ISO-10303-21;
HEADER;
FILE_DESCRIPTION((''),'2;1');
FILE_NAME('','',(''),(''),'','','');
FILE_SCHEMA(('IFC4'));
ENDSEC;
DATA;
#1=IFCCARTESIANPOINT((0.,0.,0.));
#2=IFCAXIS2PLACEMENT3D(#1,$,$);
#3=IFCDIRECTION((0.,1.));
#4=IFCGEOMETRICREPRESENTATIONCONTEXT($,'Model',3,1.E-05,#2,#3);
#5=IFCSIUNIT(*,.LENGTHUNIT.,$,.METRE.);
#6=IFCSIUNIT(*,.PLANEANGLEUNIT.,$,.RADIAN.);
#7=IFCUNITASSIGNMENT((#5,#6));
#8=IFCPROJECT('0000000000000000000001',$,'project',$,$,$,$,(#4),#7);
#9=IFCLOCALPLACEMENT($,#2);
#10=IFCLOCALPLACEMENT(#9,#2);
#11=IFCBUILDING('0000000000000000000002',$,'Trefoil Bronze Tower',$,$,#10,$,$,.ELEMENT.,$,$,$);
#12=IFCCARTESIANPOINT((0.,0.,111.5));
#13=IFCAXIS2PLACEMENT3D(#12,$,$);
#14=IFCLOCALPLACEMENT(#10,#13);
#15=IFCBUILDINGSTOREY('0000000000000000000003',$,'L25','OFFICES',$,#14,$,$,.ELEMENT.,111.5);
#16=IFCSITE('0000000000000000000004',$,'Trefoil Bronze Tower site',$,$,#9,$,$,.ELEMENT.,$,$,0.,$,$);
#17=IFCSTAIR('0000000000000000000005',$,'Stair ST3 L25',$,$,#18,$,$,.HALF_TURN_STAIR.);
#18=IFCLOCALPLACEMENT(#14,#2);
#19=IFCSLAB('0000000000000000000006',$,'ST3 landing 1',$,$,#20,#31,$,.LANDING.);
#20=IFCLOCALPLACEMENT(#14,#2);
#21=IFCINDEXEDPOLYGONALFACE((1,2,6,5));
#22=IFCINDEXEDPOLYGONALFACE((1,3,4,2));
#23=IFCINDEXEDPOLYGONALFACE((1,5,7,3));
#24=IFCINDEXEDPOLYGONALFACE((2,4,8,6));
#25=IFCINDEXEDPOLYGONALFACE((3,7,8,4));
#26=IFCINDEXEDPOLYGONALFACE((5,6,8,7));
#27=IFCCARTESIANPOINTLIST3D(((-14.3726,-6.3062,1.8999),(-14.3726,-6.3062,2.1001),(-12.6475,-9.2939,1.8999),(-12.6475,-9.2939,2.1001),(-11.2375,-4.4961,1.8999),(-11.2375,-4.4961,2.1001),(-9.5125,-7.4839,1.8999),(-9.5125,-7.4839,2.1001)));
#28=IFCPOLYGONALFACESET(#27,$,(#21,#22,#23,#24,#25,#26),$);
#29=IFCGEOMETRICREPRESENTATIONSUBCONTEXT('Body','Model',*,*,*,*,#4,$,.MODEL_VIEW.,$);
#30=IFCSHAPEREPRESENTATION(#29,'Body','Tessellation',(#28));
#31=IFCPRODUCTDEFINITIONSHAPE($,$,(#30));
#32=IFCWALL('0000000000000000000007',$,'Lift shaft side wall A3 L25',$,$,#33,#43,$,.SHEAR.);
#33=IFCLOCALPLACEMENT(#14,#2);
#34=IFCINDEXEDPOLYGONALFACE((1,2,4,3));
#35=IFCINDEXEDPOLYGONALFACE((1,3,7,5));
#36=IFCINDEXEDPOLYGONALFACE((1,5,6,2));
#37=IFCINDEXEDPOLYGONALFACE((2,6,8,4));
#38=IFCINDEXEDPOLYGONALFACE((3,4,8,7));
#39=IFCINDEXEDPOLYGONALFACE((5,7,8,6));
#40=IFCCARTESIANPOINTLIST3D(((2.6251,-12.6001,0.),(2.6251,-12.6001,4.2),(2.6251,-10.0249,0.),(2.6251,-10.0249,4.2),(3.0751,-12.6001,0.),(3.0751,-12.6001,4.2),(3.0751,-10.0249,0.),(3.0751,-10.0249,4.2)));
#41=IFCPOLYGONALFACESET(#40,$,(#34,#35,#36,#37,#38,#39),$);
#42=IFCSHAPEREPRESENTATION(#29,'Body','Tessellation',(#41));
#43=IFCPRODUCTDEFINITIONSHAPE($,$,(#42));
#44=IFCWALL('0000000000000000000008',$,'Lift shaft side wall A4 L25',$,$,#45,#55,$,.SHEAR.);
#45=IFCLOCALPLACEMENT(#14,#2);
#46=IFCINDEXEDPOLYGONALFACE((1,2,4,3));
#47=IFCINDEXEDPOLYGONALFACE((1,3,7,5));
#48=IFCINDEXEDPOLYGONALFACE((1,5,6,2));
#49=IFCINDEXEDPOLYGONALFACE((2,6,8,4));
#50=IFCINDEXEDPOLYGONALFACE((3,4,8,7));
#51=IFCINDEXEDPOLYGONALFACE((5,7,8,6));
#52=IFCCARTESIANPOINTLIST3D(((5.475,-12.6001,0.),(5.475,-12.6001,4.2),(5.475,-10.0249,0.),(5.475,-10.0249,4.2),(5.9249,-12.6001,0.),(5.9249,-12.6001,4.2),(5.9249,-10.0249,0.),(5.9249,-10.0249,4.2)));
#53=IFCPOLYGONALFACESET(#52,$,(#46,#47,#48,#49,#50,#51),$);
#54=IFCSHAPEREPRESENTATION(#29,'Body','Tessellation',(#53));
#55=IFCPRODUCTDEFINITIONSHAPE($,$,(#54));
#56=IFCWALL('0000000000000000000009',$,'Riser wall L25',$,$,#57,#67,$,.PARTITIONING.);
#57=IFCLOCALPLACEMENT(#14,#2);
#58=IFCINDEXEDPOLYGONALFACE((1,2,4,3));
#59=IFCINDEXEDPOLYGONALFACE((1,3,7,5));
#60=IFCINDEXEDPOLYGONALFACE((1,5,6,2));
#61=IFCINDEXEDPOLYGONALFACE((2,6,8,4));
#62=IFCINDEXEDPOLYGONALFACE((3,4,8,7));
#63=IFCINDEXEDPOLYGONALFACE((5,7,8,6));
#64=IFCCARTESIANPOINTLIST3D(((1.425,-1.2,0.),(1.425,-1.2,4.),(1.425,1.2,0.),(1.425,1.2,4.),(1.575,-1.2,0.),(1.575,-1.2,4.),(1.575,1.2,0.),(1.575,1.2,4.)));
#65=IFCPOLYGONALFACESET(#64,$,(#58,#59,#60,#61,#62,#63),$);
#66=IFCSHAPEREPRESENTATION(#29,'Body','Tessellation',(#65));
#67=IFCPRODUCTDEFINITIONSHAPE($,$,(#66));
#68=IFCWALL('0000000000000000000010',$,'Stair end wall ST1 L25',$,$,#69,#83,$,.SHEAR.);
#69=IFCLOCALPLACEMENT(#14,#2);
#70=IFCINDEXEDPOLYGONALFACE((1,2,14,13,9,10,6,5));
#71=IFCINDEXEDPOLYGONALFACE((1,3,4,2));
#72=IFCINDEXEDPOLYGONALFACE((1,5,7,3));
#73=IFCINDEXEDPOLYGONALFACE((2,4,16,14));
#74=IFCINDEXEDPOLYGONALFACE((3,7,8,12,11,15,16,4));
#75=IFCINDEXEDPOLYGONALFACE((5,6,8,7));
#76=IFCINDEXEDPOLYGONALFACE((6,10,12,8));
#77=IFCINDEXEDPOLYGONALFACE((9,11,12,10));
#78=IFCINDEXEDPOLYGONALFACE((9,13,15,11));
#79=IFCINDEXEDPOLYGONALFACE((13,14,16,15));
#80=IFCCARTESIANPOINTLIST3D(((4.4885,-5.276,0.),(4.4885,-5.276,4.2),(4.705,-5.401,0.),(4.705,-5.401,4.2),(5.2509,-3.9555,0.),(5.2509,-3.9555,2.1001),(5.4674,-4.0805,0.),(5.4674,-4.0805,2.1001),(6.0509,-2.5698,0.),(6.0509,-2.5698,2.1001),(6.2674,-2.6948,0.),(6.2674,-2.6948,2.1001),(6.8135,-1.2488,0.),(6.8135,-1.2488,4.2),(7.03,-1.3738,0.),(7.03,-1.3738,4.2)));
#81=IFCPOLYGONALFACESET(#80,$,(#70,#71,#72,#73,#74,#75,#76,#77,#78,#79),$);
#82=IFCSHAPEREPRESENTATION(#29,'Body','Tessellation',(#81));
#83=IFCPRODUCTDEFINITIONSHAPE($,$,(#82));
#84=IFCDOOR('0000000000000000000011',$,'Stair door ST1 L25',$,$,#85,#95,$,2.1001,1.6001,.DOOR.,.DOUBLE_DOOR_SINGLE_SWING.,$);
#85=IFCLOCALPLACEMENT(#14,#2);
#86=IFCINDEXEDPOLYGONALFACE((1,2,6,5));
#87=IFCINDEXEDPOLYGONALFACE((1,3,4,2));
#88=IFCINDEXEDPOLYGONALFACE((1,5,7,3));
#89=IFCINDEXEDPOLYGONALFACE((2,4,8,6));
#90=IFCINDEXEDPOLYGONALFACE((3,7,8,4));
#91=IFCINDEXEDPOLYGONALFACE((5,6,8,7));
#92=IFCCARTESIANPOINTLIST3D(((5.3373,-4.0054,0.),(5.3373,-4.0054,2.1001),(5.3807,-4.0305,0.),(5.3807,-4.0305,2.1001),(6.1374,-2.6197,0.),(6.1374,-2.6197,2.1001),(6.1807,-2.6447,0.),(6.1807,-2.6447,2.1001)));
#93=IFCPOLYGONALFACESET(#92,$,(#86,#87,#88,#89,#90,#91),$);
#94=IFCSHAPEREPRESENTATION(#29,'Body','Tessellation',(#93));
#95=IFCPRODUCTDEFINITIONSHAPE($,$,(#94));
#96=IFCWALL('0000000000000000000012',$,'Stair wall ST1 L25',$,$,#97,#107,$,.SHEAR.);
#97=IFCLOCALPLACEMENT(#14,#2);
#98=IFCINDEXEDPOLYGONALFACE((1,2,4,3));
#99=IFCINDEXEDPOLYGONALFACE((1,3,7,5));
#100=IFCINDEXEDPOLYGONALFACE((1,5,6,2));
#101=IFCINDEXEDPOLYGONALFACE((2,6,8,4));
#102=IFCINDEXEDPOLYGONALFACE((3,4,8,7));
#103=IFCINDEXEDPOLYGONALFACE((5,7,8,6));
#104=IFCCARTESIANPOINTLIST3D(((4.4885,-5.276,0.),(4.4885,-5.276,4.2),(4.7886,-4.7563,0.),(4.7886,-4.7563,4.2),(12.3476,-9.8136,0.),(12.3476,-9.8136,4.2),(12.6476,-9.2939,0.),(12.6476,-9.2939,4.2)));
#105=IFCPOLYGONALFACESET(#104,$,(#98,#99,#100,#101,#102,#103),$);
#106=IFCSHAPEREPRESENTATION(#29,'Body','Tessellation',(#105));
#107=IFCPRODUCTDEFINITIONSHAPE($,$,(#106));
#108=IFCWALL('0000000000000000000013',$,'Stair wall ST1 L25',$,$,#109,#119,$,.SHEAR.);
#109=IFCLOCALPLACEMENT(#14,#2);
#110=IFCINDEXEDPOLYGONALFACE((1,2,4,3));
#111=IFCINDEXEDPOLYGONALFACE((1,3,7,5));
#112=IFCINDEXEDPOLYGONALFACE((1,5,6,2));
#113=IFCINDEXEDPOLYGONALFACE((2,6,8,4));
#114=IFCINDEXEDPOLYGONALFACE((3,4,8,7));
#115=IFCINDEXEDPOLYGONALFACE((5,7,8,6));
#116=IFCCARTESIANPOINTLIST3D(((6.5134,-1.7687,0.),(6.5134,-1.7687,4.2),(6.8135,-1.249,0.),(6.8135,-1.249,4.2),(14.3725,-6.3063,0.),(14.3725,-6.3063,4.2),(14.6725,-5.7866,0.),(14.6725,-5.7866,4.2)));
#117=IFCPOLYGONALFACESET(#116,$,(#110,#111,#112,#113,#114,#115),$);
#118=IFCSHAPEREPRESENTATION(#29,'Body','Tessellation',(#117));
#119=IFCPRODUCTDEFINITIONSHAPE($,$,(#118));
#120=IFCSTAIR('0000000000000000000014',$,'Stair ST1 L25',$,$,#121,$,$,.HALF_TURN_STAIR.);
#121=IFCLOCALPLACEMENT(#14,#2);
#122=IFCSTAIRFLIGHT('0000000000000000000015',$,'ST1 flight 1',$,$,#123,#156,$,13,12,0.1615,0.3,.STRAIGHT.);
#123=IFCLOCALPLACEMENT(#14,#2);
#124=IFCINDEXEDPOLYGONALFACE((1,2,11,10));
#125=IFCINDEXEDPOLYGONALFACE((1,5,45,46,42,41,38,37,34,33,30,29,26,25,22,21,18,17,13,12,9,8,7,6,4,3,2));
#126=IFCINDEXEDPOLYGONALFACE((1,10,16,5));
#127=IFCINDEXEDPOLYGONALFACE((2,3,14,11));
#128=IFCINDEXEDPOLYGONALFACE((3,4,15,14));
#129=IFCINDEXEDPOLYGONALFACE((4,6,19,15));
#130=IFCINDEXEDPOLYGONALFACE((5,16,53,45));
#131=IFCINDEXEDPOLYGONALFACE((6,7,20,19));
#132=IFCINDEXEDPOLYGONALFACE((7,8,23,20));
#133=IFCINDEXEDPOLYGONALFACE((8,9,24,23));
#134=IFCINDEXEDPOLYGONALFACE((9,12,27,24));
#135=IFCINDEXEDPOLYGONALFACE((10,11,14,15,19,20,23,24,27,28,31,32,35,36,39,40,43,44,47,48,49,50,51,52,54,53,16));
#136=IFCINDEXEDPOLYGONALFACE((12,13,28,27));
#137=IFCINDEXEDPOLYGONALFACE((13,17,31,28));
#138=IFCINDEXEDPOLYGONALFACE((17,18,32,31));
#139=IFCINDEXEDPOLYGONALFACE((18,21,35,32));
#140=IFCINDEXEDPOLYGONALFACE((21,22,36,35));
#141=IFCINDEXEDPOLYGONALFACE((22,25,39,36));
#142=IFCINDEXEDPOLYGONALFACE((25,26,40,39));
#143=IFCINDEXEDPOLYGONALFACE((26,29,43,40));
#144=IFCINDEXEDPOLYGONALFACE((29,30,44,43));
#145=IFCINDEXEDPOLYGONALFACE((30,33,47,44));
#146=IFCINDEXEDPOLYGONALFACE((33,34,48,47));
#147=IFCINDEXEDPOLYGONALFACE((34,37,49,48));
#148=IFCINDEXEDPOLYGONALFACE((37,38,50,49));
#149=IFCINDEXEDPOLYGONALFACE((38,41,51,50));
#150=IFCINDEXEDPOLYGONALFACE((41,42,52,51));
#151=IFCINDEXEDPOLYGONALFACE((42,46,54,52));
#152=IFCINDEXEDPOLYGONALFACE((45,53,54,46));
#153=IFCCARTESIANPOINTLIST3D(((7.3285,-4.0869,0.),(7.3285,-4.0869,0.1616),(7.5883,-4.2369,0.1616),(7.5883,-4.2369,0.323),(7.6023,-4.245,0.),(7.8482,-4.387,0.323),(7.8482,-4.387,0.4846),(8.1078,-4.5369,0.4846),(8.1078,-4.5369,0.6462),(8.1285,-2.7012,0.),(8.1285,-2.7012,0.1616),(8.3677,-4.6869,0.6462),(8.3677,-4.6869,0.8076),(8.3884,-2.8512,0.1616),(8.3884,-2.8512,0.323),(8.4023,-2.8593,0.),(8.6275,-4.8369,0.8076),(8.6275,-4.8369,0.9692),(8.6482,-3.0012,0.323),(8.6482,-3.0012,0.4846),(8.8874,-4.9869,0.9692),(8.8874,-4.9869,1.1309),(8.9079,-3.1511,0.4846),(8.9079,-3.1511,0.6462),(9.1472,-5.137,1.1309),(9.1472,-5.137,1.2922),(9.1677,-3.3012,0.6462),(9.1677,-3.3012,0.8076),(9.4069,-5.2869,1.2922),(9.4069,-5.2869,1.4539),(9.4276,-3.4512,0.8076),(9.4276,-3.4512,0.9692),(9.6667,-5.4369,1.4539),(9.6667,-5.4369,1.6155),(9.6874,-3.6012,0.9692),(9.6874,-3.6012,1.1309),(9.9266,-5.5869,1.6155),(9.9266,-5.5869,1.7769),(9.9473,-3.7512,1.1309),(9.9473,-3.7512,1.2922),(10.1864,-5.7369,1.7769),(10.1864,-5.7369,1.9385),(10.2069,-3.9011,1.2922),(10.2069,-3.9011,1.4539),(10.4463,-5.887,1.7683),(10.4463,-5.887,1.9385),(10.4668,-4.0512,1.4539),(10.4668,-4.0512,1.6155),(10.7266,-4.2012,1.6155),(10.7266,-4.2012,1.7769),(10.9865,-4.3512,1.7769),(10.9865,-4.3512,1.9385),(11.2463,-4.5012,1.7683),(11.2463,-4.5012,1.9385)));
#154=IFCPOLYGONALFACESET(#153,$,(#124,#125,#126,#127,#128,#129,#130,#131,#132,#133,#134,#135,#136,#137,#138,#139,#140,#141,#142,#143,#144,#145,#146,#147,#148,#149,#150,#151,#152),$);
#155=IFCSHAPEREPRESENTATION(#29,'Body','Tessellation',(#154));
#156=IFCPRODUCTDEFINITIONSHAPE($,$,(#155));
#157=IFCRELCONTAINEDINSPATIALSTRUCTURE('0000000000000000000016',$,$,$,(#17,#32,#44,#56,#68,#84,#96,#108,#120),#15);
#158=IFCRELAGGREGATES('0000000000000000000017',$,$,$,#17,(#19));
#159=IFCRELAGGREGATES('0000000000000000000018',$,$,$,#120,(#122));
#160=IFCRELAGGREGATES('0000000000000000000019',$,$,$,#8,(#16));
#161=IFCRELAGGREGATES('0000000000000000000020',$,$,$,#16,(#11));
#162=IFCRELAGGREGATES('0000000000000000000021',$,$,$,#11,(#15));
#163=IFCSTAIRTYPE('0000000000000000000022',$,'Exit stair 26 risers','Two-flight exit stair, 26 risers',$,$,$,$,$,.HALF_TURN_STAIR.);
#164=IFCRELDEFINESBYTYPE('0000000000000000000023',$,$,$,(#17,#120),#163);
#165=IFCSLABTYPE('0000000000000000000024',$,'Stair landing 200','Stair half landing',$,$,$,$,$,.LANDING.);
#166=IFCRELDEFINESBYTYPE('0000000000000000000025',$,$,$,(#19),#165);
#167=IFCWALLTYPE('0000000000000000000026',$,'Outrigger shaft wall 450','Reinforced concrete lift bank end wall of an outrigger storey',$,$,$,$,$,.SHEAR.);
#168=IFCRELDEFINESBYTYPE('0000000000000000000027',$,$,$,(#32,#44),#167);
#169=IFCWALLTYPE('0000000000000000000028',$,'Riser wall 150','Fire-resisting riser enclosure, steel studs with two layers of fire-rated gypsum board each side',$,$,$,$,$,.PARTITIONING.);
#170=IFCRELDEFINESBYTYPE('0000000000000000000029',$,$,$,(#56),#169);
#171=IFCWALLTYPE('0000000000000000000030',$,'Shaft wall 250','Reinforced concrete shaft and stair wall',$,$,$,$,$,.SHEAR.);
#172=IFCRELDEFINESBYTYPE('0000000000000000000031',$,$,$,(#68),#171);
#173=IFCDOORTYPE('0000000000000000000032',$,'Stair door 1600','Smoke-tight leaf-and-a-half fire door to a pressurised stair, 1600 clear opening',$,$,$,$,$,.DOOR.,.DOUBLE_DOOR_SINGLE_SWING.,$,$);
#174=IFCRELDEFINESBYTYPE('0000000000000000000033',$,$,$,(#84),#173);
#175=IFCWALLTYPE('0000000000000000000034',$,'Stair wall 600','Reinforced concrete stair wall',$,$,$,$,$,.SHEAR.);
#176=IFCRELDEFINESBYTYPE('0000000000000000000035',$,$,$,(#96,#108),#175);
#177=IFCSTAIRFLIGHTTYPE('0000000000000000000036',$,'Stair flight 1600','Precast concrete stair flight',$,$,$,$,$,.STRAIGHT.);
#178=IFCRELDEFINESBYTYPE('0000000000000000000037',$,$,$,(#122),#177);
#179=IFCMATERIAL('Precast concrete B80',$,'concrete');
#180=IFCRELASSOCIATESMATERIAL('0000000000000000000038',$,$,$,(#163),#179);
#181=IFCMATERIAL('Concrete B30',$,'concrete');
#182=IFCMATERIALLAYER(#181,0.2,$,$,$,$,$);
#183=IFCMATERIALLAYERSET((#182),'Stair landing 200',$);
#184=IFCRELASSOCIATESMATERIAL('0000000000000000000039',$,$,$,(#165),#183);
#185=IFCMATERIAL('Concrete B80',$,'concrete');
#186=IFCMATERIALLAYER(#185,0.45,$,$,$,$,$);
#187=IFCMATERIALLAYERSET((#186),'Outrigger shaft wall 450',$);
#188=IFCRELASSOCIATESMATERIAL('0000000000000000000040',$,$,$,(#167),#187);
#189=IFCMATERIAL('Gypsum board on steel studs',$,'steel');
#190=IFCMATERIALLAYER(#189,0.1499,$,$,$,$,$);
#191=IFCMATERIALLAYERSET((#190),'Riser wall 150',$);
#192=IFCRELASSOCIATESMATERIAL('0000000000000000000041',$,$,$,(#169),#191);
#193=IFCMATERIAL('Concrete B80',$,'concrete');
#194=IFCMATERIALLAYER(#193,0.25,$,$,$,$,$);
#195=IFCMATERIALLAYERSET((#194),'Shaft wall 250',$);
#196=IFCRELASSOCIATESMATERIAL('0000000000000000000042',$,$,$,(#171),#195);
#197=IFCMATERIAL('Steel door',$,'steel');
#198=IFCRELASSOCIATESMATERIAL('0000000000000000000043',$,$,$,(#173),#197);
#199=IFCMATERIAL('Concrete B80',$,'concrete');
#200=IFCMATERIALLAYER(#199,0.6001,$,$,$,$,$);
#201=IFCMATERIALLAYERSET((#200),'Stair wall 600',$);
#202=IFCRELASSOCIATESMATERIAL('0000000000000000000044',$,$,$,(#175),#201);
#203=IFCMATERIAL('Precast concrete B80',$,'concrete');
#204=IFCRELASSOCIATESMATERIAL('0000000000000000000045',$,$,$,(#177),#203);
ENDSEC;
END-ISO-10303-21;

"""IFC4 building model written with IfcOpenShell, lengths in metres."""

from ifc_helpers import new_model, si_unit, direction, frame, frame_2d, origin, place, context, subcontext, project, spatial, polyline, rectangle, outline, extrude, material, layer, layer_set, type_object, element, fill, aggregate, save


model = new_model("IFC4")

# Units and contexts
model_context = context("Model", 3, precision=1e-05, world=origin(), true_north=direction((0.0, 1.0)))
body_context = subcontext(model_context, "Body", "Model", "MODEL_VIEW")
ifc_project = project(units=[si_unit("LENGTHUNIT", "METRE"), si_unit("PLANEANGLEUNIT", "RADIAN")], contexts=[model_context])

# Site, building, storey
site_placement = place(None, origin())
site = spatial("IfcSite", under=ifc_project, at=site_placement, Name="Trefoil Bronze Tower site", CompositionType="ELEMENT", RefElevation=0.0)
building_placement = place(site_placement, origin())
building = spatial("IfcBuilding", under=site, at=building_placement, Name="Trefoil Bronze Tower", CompositionType="ELEMENT")
storey_placement = place(building_placement, frame((0.0, 0.0, 111.5)))
storey = spatial("IfcBuildingStorey", under=building, at=storey_placement, Name="L25", Description="OFFICES", CompositionType="ELEMENT", Elevation=111.5)

# Stair, slab
ifc_material_1 = material(Name="Precast concrete B80", Category="concrete")
stair_type = type_object("IfcStairType", Name="Exit stair 26 risers", Description="Two-flight exit stair, 26 risers", PredefinedType="HALF_TURN_STAIR", material=ifc_material_1)
stair_1_placement = place(storey_placement, origin())
stair_1 = element("IfcStair", 1, at=stair_1_placement, inside=storey, type_object=stair_type, Name="Stair ST3 L25", PredefinedType="HALF_TURN_STAIR")
ifc_material_2 = material(Name="Concrete B30", Category="concrete")
ifc_layer_1 = layer(ifc_material_2, 0.2)
ifc_layer_set_1 = layer_set([ifc_layer_1], Name="Stair landing 200")
slab_type = type_object("IfcSlabType", Name="Stair landing 200", Description="Stair half landing", PredefinedType="LANDING", material=ifc_layer_set_1)
slab_placement = place(storey_placement, frame((0.0, 0.0, 1.8999)))
slab = element("IfcSlab", 2, at=slab_placement, type_object=slab_type, Name="ST3 landing 1", PredefinedType="LANDING", context=body_context, shape_type="SweptSolid", body=[
    extrude(outline(polyline([(-11.2375, -4.4961), (-14.3726, -6.3062), (-12.6475, -9.2939), (-9.5125, -7.4839), (-11.2375, -4.4961)])), origin(), (0.0, 0.0, 1.0), 0.2002),
])
aggregate(stair_1, [slab])

# Walls
ifc_material_3 = material(Name="Concrete B80", Category="concrete")
ifc_layer_2 = layer(ifc_material_3, 0.45)
ifc_layer_set_2 = layer_set([ifc_layer_2], Name="Outrigger shaft wall 450")
wall_type_1 = type_object("IfcWallType", Name="Outrigger shaft wall 450", Description="Reinforced concrete lift bank end wall of an outrigger storey", PredefinedType="SHEAR", material=ifc_layer_set_2)
for number, where, z_axis, x_axis, name in (
    (3, (2.8501, -10.0249, 0.0), (0.0, 0.0, 1.0), (0.0, -1.0, 0.0), "Lift shaft side wall A3 L25"),
    (4, (5.7, -10.0249, 0.0), (0.0, 0.0, 1.0), (0.0, -1.0, 0.0), "Lift shaft side wall A4 L25"),
):
    element("IfcWall", number, at=place(storey_placement, frame(where, z_axis=z_axis, x_axis=x_axis)), inside=storey, type_object=wall_type_1, Name=name, PredefinedType="SHEAR", context=body_context, shape_type="SweptSolid", body=[
        extrude(rectangle(XDim=2.5752, YDim=0.45, at=frame_2d((1.2876, 0.0))), origin(), (0.0, 0.0, 1.0), 4.2),
    ])
ifc_material_4 = material(Name="Gypsum board on steel studs", Category="steel")
ifc_layer_3 = layer(ifc_material_4, 0.1499)
ifc_layer_set_3 = layer_set([ifc_layer_3], Name="Riser wall 150")
wall_type_2 = type_object("IfcWallType", Name="Riser wall 150", Description="Fire-resisting riser enclosure, steel studs with two layers of fire-rated gypsum board each side", PredefinedType="PARTITIONING", material=ifc_layer_set_3)
wall_1_placement = place(storey_placement, frame((1.5, -1.2, 0.0), z_axis=(0.0, 0.0, 1.0), x_axis=(0.0, 1.0, 0.0)))
element("IfcWall", 5, at=wall_1_placement, inside=storey, type_object=wall_type_2, Name="Riser wall L25", PredefinedType="PARTITIONING", context=body_context, shape_type="SweptSolid", body=[
    extrude(rectangle(XDim=2.3999, YDim=0.1499, at=frame_2d((1.2, 0.0))), origin(), (0.0, 0.0, 1.0), 4.0),
])

# Wall, opening, door
ifc_material_5 = material(Name="Concrete B80", Category="concrete")
ifc_layer_4 = layer(ifc_material_5, 0.25)
ifc_layer_set_4 = layer_set([ifc_layer_4], Name="Shaft wall 250")
wall_type_3 = type_object("IfcWallType", Name="Shaft wall 250", Description="Reinforced concrete shaft and stair wall", PredefinedType="SHEAR", material=ifc_layer_set_4)
wall_2_placement = place(storey_placement, frame((4.5967, -5.3386, 0.0), z_axis=(0.0, 0.0, 1.0), x_axis=(0.499985, 0.866034, 0.0)))
wall_2 = element("IfcWall", 6, at=wall_2_placement, inside=storey, type_object=wall_type_3, Name="Stair end wall ST1 L25", PredefinedType="SHEAR", context=body_context, shape_type="SweptSolid", body=[
    extrude(rectangle(XDim=4.6501, YDim=0.25, at=frame_2d((2.3252, 0.0))), origin(), (0.0, 0.0, 1.0), 4.2),
])
opening_placement = place(wall_2_placement, frame((1.5249, 0.0, 0.0)))
opening = element("IfcOpeningElement", 7, at=opening_placement, cuts=wall_2, PredefinedType="OPENING", context=body_context, shape_type="SweptSolid", body=[
    extrude(rectangle(XDim=1.6001, YDim=2.1001, at=frame_2d((0.8, 1.05))), frame((0.0, 0.135, 0.0), z_axis=(0.0, -1.0, 0.0), x_axis=(1.0, 0.0, 0.0)), (0.0, 0.0, 1.0), 0.27),
])
ifc_material_6 = material(Name="Steel door", Category="steel")
door_type = type_object("IfcDoorType", Name="Stair door 1600", Description="Smoke-tight leaf-and-a-half fire door to a pressurised stair, 1600 clear opening", OperationType="DOUBLE_DOOR_SINGLE_SWING", PredefinedType="DOOR", material=ifc_material_6)
door_placement = place(opening_placement, frame((1.6001, 0.0, 0.0), z_axis=(0.0, 0.0, 1.0), x_axis=(-1.0, 0.0, 0.0)))
door = element("IfcDoor", 8, at=door_placement, inside=storey, type_object=door_type, Name="Stair door ST1 L25", OperationType="DOUBLE_DOOR_SINGLE_SWING", OverallHeight=2.1001, OverallWidth=1.6001, PredefinedType="DOOR", context=body_context, shape_type="SweptSolid", body=[
    extrude(rectangle(XDim=1.6001, YDim=2.1001, at=frame_2d((0.8, 1.05))), frame((0.0, 0.0249, 0.0), z_axis=(0.0, -1.0, 0.0), x_axis=(1.0, 0.0, 0.0)), (0.0, 0.0, 1.0), 0.05),
])
fill(opening, door)

# Walls
ifc_material_7 = material(Name="Concrete B80", Category="concrete")
ifc_layer_5 = layer(ifc_material_7, 0.6001)
ifc_layer_set_5 = layer_set([ifc_layer_5], Name="Stair wall 600")
wall_type_4 = type_object("IfcWallType", Name="Stair wall 600", Description="Reinforced concrete stair wall", PredefinedType="SHEAR", material=ifc_layer_set_5)
for number, where, z_axis, x_axis, name in (
    (9, (4.6384, -5.0161, 0.0), (0.0, 0.0, 1.0), (0.866019, -0.50001, 0.0), "Stair wall ST1 L25"),
    (10, (6.6633, -1.5088, 0.0), (0.0, 0.0, 1.0), (0.866019, -0.50001, 0.0), "Stair wall ST1 L25"),
):
    element("IfcWall", number, at=place(storey_placement, frame(where, z_axis=z_axis, x_axis=x_axis)), inside=storey, type_object=wall_type_4, Name=name, PredefinedType="SHEAR", context=body_context, shape_type="SweptSolid", body=[
        extrude(rectangle(XDim=9.075, YDim=0.6001, at=frame_2d((4.5376, 0.0))), origin(), (0.0, 0.0, 1.0), 4.2),
    ])

# Stair, stair flight
stair_2_placement = place(storey_placement, origin())
stair_2 = element("IfcStair", 11, at=stair_2_placement, inside=storey, type_object=stair_type, Name="Stair ST1 L25", PredefinedType="HALF_TURN_STAIR")
ifc_material_8 = material(Name="Precast concrete B80", Category="concrete")
stair_flight_type = type_object("IfcStairFlightType", Name="Stair flight 1600", Description="Precast concrete stair flight", PredefinedType="STRAIGHT", material=ifc_material_8)
stair_flight_placement = place(storey_placement, frame((7.7285, -3.394, 0.0), z_axis=(0.0, 0.0, 1.0), x_axis=(0.866025, -0.5, 0.0)))
stair_flight = element("IfcStairFlight", 12, at=stair_flight_placement, type_object=stair_flight_type, Name="ST1 flight 1", NumberOfRisers=13, NumberOfTreads=12, PredefinedType="STRAIGHT", RiserHeight=0.1615, TreadLength=0.3, context=body_context, shape_type="SweptSolid", body=[
    extrude(outline(polyline([(0.0, 0.0), (0.0, 0.1616), (0.3, 0.1616), (0.3, 0.323), (0.6001, 0.323), (0.6001, 0.4846), (0.8999, 0.4846), (0.8999, 0.6462), (1.2, 0.6462), (1.2, 0.8076), (1.5, 0.8076), (1.5, 0.9692), (1.8, 0.9692), (1.8, 1.1309), (2.1001, 1.1309), (2.1001, 1.2922), (2.3999, 1.2922), (2.3999, 1.4539), (2.7, 1.4539), (2.7, 1.6155), (3.0, 1.6155), (3.0, 1.7769), (3.3, 1.7769), (3.3, 1.9385), (3.6001, 1.9385), (3.6001, 2.1001), (3.6001, 1.7683), (0.3162, 0.0), (0.0, 0.0)])), frame((0.0, 0.8, 0.0), z_axis=(0.0, -1.0, 0.0), x_axis=(1.0, 0.0, 0.0)), (0.0, 0.0, 1.0), 1.6001),
])
aggregate(stair_2, [stair_flight])

save(model, "model.ifc")
